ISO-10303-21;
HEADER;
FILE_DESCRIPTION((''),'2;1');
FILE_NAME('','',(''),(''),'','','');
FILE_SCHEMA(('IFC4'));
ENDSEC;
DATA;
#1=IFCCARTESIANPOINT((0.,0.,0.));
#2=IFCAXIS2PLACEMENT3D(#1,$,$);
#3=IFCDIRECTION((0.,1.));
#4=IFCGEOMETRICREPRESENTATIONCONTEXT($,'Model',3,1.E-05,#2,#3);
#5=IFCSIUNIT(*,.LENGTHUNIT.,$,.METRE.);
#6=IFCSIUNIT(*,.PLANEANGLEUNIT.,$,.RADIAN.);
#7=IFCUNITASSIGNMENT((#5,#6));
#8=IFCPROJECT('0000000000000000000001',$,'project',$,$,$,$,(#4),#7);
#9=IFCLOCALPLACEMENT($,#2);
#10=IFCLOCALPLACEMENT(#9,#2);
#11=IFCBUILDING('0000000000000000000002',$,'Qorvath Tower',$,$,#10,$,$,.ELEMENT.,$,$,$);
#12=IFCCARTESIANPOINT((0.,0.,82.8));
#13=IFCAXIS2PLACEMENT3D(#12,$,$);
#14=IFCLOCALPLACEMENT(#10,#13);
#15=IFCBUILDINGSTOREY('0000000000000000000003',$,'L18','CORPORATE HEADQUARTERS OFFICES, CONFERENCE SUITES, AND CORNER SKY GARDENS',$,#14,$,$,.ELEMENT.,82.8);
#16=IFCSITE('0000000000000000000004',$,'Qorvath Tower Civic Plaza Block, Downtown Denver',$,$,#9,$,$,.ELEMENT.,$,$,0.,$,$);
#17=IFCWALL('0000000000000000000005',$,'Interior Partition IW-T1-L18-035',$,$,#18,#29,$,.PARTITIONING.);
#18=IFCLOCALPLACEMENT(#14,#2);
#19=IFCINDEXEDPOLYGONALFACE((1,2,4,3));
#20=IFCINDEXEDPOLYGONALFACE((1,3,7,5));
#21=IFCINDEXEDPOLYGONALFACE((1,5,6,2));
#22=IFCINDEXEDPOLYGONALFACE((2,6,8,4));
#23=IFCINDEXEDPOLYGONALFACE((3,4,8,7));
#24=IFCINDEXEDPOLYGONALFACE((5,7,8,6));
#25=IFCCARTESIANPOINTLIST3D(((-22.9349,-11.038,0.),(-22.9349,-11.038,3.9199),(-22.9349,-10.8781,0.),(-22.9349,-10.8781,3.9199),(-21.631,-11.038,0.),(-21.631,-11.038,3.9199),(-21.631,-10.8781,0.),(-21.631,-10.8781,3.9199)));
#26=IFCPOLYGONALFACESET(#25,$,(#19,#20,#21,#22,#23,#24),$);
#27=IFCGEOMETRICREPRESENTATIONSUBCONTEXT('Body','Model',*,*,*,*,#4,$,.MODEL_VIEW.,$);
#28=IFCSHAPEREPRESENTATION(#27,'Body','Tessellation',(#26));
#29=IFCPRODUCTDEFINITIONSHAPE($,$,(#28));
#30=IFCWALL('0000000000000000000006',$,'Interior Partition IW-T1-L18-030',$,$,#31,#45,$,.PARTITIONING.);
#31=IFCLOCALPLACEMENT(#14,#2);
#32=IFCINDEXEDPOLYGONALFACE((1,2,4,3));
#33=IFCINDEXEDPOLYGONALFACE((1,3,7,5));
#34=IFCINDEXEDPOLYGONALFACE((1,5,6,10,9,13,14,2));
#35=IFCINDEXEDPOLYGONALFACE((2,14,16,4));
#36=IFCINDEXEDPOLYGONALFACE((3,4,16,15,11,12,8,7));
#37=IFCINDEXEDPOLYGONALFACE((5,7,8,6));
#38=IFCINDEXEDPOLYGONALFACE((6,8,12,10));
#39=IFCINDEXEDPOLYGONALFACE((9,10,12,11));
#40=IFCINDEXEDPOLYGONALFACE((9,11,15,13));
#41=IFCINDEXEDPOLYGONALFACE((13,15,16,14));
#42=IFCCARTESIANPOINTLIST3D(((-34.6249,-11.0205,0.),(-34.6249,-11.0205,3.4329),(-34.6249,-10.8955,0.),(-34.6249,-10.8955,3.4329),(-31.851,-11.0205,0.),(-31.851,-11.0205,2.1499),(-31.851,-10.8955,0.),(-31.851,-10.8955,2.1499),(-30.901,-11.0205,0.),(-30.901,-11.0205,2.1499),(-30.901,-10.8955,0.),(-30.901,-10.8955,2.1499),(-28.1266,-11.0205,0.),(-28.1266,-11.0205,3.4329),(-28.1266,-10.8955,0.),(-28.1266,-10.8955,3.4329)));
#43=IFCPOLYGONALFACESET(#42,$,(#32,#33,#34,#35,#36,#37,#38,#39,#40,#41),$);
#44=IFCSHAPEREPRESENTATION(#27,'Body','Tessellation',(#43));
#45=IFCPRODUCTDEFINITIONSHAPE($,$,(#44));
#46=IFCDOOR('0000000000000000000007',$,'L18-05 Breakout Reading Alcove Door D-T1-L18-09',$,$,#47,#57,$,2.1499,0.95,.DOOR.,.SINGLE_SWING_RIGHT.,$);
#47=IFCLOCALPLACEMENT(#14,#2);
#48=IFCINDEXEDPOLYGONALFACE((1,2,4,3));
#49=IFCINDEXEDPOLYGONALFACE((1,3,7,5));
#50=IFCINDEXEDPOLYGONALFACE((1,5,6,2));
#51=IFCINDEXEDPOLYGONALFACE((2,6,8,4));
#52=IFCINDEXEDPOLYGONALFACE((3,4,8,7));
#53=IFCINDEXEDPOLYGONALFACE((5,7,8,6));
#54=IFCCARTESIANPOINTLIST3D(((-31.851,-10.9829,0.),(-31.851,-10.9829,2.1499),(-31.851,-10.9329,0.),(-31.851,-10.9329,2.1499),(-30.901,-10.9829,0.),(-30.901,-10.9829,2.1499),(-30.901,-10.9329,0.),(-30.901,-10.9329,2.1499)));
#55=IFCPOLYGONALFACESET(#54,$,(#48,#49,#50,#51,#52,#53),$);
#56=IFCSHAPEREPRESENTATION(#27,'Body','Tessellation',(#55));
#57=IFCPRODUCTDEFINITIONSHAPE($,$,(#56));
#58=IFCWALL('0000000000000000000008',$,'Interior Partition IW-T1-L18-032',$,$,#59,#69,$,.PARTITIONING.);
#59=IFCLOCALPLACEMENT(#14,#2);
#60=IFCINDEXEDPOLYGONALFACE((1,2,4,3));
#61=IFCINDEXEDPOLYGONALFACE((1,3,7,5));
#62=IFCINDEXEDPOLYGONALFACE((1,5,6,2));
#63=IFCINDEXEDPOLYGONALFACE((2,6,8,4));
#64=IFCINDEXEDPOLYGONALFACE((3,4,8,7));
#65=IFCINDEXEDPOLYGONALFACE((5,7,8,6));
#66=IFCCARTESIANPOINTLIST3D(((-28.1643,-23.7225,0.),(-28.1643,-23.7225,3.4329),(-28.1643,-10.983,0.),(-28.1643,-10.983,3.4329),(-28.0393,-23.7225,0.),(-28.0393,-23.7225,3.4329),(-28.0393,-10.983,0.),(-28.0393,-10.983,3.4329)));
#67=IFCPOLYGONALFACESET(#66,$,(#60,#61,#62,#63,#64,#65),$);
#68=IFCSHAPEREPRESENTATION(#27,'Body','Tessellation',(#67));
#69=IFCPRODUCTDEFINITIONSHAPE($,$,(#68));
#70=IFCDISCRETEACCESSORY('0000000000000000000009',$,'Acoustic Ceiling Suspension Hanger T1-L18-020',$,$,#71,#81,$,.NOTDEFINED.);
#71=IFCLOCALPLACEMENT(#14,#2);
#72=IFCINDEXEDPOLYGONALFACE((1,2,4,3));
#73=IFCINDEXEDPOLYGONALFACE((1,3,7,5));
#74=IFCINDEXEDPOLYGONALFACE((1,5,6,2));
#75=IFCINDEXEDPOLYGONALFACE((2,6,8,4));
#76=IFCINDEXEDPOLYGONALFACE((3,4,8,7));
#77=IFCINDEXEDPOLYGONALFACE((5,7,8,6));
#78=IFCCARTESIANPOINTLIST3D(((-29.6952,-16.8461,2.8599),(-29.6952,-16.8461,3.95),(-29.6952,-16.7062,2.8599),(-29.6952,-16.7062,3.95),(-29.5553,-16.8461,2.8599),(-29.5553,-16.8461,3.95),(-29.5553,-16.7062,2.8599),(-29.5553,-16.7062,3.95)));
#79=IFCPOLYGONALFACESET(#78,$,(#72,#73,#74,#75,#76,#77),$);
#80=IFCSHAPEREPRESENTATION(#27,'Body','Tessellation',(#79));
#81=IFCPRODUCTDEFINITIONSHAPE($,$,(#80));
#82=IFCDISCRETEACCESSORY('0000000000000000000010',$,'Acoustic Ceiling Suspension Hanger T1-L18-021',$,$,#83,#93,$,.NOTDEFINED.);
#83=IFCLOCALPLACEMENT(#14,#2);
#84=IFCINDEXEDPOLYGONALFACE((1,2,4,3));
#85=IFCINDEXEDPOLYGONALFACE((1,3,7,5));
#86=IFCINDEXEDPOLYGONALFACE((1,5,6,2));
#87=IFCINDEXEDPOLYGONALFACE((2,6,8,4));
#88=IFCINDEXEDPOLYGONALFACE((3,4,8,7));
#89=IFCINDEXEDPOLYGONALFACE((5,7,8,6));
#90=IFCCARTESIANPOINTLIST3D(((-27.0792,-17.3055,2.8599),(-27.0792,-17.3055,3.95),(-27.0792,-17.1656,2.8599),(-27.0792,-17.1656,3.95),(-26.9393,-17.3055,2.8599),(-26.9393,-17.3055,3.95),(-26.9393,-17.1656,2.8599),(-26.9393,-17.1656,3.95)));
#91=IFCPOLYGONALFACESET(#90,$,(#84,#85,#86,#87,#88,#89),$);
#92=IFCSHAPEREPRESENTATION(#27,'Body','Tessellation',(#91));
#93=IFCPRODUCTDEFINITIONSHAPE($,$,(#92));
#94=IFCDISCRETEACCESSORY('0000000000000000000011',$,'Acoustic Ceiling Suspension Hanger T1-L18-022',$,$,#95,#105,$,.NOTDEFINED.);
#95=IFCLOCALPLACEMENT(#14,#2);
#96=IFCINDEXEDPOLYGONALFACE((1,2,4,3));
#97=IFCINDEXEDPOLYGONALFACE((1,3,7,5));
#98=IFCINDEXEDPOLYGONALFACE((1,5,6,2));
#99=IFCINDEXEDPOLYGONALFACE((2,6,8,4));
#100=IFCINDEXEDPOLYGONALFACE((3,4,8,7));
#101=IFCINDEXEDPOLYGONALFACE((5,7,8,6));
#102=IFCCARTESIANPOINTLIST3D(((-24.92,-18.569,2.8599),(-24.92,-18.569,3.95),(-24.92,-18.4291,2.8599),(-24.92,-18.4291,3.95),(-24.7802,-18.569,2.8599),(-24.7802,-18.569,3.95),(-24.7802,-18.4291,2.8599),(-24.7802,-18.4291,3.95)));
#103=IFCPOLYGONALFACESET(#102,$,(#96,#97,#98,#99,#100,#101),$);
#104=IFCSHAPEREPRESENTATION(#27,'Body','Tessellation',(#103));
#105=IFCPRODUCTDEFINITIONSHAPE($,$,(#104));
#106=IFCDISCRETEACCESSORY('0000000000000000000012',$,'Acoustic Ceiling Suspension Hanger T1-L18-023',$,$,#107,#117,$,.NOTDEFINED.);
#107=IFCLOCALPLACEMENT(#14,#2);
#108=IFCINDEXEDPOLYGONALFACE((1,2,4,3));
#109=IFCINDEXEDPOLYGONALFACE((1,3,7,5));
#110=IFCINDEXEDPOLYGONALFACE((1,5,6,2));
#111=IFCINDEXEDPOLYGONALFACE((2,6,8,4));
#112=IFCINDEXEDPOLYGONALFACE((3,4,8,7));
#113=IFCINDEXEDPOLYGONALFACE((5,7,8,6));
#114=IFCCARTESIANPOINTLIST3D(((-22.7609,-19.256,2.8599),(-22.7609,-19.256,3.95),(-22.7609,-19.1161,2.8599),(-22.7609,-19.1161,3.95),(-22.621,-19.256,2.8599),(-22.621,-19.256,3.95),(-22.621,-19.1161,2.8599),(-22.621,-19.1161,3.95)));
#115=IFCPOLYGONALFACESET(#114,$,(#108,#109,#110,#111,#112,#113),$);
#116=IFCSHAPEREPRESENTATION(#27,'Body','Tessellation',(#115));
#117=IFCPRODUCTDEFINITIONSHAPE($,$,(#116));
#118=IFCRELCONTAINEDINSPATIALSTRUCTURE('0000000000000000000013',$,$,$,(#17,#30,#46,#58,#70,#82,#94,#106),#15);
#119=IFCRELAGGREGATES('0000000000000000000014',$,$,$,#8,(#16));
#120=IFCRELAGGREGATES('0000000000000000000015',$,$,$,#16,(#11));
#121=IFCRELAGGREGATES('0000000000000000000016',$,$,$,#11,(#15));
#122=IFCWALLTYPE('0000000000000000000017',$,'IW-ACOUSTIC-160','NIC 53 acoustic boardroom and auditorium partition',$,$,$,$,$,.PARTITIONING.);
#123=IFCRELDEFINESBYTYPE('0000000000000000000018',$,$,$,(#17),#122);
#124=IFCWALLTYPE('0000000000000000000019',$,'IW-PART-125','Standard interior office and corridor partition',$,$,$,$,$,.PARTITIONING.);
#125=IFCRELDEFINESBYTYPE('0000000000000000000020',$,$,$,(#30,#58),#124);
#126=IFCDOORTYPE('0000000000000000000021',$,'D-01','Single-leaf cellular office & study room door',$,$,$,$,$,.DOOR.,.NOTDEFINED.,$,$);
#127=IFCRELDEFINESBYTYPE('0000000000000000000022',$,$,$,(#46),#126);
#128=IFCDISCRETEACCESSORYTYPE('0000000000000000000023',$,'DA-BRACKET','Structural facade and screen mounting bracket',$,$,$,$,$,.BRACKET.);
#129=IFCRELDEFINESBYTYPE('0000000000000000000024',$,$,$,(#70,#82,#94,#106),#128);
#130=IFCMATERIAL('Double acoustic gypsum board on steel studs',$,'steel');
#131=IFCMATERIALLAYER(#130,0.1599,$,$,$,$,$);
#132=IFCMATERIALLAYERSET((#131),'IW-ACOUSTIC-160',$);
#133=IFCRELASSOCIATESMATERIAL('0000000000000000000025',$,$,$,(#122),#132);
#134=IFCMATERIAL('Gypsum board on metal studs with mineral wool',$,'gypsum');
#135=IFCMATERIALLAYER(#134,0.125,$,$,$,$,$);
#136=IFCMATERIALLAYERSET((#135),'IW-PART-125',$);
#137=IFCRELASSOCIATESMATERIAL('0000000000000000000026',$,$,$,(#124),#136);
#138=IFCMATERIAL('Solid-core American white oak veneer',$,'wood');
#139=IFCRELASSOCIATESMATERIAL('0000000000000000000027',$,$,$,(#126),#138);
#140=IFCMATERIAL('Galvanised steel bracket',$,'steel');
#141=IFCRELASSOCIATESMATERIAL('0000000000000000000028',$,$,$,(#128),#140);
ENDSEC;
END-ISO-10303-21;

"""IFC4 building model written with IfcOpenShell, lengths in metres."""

from ifc_helpers import new_model, si_unit, direction, frame, frame_2d, origin, origin_2d, place, context, subcontext, project, spatial, rectangle, extrude, material, layer, layer_set, type_object, element, fill, save


model = new_model("IFC4")

# Units and contexts
model_context = context("Model", 3, precision=1e-05, world=origin(), true_north=direction((0.0, 1.0)))
body_context = subcontext(model_context, "Body", "Model", "MODEL_VIEW")
ifc_project = project(units=[si_unit("LENGTHUNIT", "METRE"), si_unit("PLANEANGLEUNIT", "RADIAN")], contexts=[model_context])

# Site, building, storey
site_placement = place(None, origin())
site = spatial("IfcSite", under=ifc_project, at=site_placement, Name="Qorvath Tower Civic Plaza Block, Downtown Denver", CompositionType="ELEMENT", RefElevation=0.0)
building_placement = place(site_placement, origin())
building = spatial("IfcBuilding", under=site, at=building_placement, Name="Qorvath Tower", CompositionType="ELEMENT")
storey_placement = place(building_placement, frame((0.0, 0.0, 82.8)))
storey = spatial("IfcBuildingStorey", under=building, at=storey_placement, Name="L18", Description="CORPORATE HEADQUARTERS OFFICES, CONFERENCE SUITES, AND CORNER SKY GARDENS", CompositionType="ELEMENT", Elevation=82.8)

# Shared definitions
ifc_material_1 = material(Name="Double acoustic gypsum board on steel studs", Category="steel")
ifc_layer_1 = layer(ifc_material_1, 0.1599)
ifc_layer_set_1 = layer_set([ifc_layer_1], Name="IW-ACOUSTIC-160")
wall_type_1 = type_object("IfcWallType", Name="IW-ACOUSTIC-160", Description="NIC 53 acoustic boardroom and auditorium partition", PredefinedType="PARTITIONING", material=ifc_layer_set_1)

# Wall
wall_1_placement = place(storey_placement, frame((-21.6311, -10.958, 0.0), z_axis=(0.0, 0.0, 1.0), x_axis=(-1.0, 0.0, 0.0)))
element("IfcWall", 1, at=wall_1_placement, inside=storey, type_object=wall_type_1, Name="Interior Partition IW-T1-L18-035", PredefinedType="PARTITIONING", context=body_context, shape_type="SweptSolid", body=[
    extrude(rectangle(XDim=1.304, YDim=0.1599, at=frame_2d((0.6519, 0.0))), origin(), (0.0, 0.0, 1.0), 3.9199),
])

# Wall, opening, door
ifc_material_2 = material(Name="Gypsum board on metal studs with mineral wool", Category="gypsum")
ifc_layer_2 = layer(ifc_material_2, 0.125)
ifc_layer_set_2 = layer_set([ifc_layer_2], Name="IW-PART-125")
wall_type_2 = type_object("IfcWallType", Name="IW-PART-125", Description="Standard interior office and corridor partition", PredefinedType="PARTITIONING", material=ifc_layer_set_2)
wall_2_placement = place(storey_placement, frame((-28.1267, -10.958, 0.0), z_axis=(0.0, 0.0, 1.0), x_axis=(-1.0, 0.0, 0.0)))
wall_2 = element("IfcWall", 2, at=wall_2_placement, inside=storey, type_object=wall_type_2, Name="Interior Partition IW-T1-L18-030", PredefinedType="PARTITIONING", context=body_context, shape_type="SweptSolid", body=[
    extrude(rectangle(XDim=6.4983, YDim=0.125, at=frame_2d((3.249, 0.0))), origin(), (0.0, 0.0, 1.0), 3.4329),
])
opening_1_placement = place(wall_2_placement, frame((2.7742, 0.0, 0.0)))
opening_1 = element("IfcOpeningElement", 3, at=opening_1_placement, cuts=wall_2, PredefinedType="OPENING", context=body_context, shape_type="SweptSolid", body=[
    extrude(rectangle(XDim=0.95, YDim=2.1499, at=frame_2d((0.4751, 1.075))), frame((0.0, 0.0725, 0.0), z_axis=(0.0, -1.0, 0.0), x_axis=(1.0, 0.0, 0.0)), (0.0, 0.0, 1.0), 0.145),
])
ifc_material_3 = material(Name="Solid-core American white oak veneer", Category="wood")
door_type_1 = type_object("IfcDoorType", Name="D-01", Description="Single-leaf cellular office & study room door", OperationType="NOTDEFINED", PredefinedType="DOOR", material=ifc_material_3)
door_1_placement = place(opening_1_placement, origin())
door_1 = element("IfcDoor", 4, at=door_1_placement, inside=storey, type_object=door_type_1, Name="L18-05 Breakout Reading Alcove Door D-T1-L18-09", OperationType="SINGLE_SWING_RIGHT", OverallHeight=2.1499, OverallWidth=0.95, PredefinedType="DOOR", context=body_context, shape_type="SweptSolid", body=[
    extrude(rectangle(XDim=0.95, YDim=2.1499, at=frame_2d((0.4751, 1.075))), frame((0.0, 0.0249, 0.0), z_axis=(0.0, -1.0, 0.0), x_axis=(1.0, 0.0, 0.0)), (0.0, 0.0, 1.0), 0.05),
])
fill(opening_1, door_1)

# Wall
wall_3_placement = place(storey_placement, frame((-28.1018, -23.7224, 0.0), z_axis=(0.0, 0.0, 1.0), x_axis=(0.0, 1.0, 0.0)))
element("IfcWall", 5, at=wall_3_placement, inside=storey, type_object=wall_type_2, Name="Interior Partition IW-T1-L18-032", PredefinedType="PARTITIONING", context=body_context, shape_type="SweptSolid", body=[
    extrude(rectangle(XDim=12.7395, YDim=0.125, at=frame_2d((6.3696, 0.0))), origin(), (0.0, 0.0, 1.0), 3.4329),
])

# Discrete accessories
ifc_material_4 = material(Name="Galvanised steel bracket", Category="steel")
discrete_accessory_type = type_object("IfcDiscreteAccessoryType", Name="DA-BRACKET", Description="Structural facade and screen mounting bracket", PredefinedType="BRACKET", material=ifc_material_4)
for number, where, z_axis, x_axis, name in (
    (6, (-29.6252, -16.7761, 2.8599), (0.0, 0.0, 1.0), (1.0, 0.0, 0.0), "Acoustic Ceiling Suspension Hanger T1-L18-020"),
    (7, (-27.0093, -17.2356, 2.8599), (0.0, 0.0, 1.0), (1.0, 0.0, 0.0), "Acoustic Ceiling Suspension Hanger T1-L18-021"),
    (8, (-24.8501, -18.499, 2.8599), (0.0, 0.0, 1.0), (1.0, 0.0, 0.0), "Acoustic Ceiling Suspension Hanger T1-L18-022"),
    (9, (-22.6909, -19.186, 2.8599), (0.0, 0.0, 1.0), (1.0, 0.0, 0.0), "Acoustic Ceiling Suspension Hanger T1-L18-023"),
):
    element("IfcDiscreteAccessory", number, at=place(storey_placement, frame(where, z_axis=z_axis, x_axis=x_axis)), inside=storey, type_object=discrete_accessory_type, Name=name, PredefinedType="NOTDEFINED", context=body_context, shape_type="SweptSolid", body=[
        extrude(rectangle(XDim=0.1399, YDim=0.1399, at=origin_2d()), origin(), (0.0, 0.0, 1.0), 1.0901),
    ])

save(model, "model.ifc")
